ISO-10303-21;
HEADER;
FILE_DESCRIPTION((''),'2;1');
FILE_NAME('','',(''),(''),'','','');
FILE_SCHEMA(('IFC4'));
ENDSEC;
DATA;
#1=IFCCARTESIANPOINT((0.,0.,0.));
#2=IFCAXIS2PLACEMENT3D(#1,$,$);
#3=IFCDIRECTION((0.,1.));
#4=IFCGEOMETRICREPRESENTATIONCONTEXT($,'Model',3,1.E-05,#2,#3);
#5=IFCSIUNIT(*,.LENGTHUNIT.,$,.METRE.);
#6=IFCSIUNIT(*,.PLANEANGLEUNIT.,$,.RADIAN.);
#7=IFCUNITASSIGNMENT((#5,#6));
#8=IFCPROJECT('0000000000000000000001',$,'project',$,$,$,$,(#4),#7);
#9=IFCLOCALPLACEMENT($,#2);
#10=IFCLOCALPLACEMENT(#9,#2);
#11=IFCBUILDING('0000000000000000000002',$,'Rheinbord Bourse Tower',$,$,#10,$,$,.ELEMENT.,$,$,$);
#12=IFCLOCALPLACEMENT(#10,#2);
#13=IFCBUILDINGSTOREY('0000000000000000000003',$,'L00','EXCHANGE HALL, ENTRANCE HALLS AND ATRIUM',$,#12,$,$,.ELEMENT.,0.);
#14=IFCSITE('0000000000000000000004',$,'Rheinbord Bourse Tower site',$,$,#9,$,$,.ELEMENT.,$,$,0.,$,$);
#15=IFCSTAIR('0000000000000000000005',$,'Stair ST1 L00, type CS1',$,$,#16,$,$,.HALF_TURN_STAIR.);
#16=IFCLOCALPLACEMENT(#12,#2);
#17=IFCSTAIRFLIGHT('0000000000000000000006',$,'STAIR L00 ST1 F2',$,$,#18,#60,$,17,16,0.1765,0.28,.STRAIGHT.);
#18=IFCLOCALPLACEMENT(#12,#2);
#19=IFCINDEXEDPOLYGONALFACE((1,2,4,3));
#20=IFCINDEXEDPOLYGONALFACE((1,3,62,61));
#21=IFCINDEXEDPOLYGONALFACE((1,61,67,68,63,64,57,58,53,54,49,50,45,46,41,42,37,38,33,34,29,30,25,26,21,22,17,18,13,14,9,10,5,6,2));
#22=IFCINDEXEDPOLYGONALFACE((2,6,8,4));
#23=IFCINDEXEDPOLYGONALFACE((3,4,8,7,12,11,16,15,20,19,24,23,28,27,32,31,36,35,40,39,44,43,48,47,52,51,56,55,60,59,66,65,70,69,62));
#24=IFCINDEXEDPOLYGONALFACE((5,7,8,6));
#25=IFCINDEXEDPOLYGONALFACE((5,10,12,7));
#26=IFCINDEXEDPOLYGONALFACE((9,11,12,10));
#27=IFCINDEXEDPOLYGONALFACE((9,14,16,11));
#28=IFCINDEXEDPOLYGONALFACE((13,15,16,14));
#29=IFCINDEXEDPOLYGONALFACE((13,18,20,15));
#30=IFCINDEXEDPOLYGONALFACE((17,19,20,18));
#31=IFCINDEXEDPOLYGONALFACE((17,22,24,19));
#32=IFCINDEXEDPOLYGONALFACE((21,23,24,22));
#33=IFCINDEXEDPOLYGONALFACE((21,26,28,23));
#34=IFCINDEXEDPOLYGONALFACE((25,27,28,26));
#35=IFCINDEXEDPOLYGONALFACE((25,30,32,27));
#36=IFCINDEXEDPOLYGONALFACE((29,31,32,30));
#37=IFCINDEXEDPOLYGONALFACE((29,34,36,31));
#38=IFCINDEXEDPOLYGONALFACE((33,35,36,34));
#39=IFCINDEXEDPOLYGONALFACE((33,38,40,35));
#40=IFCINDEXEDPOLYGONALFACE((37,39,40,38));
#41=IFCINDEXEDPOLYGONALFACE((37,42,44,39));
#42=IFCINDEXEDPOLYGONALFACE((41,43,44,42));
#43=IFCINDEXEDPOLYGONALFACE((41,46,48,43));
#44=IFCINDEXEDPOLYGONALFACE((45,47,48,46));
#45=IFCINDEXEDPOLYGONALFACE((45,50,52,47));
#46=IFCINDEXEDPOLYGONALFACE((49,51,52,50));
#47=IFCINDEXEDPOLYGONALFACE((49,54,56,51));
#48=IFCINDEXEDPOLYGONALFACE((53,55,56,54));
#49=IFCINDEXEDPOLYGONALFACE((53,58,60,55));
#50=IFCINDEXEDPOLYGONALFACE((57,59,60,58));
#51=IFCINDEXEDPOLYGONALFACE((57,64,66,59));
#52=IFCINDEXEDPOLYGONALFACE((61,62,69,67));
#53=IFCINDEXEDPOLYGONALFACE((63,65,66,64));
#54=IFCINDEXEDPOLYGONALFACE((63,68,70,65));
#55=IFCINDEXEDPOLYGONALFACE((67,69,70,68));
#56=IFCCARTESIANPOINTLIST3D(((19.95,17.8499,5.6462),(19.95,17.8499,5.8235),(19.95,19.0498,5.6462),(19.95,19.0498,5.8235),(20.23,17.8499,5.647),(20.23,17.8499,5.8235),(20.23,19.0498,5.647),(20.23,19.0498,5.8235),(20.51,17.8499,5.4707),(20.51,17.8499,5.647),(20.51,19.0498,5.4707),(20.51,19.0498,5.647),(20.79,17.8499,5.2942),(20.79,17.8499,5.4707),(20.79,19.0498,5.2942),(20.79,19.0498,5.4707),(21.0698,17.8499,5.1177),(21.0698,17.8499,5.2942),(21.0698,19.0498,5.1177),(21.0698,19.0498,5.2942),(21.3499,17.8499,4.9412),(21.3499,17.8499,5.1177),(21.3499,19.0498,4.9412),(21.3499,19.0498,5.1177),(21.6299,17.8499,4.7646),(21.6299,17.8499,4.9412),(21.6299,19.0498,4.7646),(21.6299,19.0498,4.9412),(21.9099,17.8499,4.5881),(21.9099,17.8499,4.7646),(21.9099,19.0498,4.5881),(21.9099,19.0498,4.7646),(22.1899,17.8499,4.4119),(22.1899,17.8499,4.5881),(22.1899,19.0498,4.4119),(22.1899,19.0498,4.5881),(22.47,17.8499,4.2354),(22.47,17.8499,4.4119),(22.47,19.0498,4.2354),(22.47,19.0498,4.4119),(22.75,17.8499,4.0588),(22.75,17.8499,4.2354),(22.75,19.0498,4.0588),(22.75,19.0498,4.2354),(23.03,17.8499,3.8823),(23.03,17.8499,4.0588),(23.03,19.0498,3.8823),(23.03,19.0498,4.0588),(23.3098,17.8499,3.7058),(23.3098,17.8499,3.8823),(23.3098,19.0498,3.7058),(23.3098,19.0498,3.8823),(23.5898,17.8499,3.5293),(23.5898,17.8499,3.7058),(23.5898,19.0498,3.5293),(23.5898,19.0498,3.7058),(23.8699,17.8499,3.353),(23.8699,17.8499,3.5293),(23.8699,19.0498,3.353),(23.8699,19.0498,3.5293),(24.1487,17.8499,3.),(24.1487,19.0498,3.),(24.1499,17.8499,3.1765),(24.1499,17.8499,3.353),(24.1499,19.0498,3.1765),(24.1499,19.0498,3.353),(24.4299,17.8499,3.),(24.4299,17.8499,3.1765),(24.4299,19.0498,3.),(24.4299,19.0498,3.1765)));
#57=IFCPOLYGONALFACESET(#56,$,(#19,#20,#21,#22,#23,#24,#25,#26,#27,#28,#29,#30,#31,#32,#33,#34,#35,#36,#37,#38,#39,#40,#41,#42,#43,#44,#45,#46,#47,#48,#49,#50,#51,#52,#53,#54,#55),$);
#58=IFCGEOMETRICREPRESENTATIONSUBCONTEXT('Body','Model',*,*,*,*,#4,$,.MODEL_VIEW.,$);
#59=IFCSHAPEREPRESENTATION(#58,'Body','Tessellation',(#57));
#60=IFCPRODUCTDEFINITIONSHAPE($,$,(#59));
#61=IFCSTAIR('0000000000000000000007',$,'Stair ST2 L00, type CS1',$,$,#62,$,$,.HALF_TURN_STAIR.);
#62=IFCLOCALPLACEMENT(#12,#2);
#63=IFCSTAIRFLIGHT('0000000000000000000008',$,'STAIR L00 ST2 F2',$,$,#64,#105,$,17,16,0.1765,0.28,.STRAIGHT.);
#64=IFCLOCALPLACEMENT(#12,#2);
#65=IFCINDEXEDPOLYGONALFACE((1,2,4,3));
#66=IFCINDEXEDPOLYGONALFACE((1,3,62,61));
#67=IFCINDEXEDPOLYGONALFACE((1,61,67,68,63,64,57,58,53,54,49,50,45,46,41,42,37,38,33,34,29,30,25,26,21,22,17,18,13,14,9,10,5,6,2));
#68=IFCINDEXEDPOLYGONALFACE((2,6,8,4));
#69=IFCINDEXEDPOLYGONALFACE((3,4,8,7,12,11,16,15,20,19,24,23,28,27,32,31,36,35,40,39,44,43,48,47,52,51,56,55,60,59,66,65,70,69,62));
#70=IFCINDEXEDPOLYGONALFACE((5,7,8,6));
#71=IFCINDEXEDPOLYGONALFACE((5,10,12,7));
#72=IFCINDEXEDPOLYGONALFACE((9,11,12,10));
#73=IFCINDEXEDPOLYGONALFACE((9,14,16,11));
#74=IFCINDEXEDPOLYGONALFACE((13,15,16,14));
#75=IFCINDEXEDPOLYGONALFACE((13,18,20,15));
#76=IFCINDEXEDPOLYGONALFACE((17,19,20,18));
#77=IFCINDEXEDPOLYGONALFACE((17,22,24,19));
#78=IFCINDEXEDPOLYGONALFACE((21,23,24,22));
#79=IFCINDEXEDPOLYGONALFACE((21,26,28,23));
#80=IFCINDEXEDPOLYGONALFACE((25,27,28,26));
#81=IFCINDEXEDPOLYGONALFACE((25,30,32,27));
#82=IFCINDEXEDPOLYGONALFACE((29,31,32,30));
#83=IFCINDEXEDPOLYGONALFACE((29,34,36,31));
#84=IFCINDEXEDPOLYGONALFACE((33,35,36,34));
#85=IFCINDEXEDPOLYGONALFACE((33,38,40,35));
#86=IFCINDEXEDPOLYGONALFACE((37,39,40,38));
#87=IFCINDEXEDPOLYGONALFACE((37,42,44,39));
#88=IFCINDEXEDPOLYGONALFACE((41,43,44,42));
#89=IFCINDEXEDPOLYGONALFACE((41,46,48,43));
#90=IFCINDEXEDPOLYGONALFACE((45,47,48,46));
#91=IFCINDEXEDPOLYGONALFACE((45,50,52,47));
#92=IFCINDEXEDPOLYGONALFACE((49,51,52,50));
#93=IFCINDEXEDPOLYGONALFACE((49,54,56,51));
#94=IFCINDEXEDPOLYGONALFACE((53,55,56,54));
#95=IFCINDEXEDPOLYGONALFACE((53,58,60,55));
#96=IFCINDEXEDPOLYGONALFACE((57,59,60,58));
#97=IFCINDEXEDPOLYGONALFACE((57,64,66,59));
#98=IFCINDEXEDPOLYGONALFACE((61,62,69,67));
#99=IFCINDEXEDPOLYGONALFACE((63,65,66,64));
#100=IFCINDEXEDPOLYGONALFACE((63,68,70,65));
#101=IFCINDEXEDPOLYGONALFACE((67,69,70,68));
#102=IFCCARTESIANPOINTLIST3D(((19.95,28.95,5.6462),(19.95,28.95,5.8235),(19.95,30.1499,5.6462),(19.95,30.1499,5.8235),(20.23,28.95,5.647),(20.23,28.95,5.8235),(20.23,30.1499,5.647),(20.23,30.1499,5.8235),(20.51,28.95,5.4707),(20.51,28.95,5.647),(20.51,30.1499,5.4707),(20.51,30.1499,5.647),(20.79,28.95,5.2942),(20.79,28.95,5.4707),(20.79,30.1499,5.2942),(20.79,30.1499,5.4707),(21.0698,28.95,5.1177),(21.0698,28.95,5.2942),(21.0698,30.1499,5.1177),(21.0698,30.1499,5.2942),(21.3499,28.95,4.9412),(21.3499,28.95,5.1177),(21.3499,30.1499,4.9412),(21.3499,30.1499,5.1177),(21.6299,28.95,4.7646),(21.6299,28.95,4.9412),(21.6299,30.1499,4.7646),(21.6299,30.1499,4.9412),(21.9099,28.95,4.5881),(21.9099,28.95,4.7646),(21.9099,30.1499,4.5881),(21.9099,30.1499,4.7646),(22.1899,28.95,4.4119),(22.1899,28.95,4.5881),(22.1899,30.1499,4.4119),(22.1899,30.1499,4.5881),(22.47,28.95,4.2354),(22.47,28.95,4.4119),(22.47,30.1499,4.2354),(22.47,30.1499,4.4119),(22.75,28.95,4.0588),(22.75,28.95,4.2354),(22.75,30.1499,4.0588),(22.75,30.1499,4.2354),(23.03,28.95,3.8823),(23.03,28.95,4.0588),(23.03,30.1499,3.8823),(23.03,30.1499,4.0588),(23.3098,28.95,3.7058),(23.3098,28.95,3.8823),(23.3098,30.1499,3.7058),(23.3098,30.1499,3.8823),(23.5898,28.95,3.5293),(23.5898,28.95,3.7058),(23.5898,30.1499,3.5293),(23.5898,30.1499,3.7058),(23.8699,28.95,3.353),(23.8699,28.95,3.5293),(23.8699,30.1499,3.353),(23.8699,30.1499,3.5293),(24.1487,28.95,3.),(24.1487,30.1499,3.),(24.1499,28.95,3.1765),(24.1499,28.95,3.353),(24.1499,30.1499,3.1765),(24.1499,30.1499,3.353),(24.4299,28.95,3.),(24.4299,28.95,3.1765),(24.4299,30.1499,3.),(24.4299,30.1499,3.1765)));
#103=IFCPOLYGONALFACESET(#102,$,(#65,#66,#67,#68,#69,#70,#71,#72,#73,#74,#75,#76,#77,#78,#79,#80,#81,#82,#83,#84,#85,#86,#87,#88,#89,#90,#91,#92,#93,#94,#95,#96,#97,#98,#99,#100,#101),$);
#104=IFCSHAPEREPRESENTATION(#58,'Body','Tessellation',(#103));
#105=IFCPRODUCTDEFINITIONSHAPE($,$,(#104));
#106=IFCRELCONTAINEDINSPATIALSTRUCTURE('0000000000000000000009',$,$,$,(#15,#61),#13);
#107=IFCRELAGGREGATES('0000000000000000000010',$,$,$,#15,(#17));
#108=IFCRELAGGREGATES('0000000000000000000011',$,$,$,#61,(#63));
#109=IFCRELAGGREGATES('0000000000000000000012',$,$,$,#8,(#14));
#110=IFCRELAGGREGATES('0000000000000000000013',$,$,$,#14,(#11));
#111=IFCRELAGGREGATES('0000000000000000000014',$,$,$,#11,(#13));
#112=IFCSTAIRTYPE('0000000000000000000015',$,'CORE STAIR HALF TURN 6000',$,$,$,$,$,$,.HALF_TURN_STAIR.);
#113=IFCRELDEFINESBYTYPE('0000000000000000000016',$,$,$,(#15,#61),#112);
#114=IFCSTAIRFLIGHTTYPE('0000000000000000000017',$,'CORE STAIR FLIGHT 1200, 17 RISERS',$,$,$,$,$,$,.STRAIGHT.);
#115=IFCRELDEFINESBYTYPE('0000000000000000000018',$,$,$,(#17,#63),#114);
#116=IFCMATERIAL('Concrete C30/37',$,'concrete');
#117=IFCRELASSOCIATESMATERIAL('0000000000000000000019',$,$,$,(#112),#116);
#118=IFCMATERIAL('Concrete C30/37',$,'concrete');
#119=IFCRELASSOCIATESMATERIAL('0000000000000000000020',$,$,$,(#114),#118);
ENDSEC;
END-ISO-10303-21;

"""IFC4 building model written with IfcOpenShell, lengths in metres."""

from ifc_helpers import new_model, si_unit, direction, frame, origin, place, context, subcontext, project, spatial, polyline, outline, extrude, material, type_object, element, aggregate, save


model = new_model("IFC4")

# Units and contexts
model_context = context("Model", 3, precision=1e-05, world=origin(), true_north=direction((0.0, 1.0)))
body_context = subcontext(model_context, "Body", "Model", "MODEL_VIEW")
ifc_project = project(units=[si_unit("LENGTHUNIT", "METRE"), si_unit("PLANEANGLEUNIT", "RADIAN")], contexts=[model_context])

# Site, building, storey
site_placement = place(None, origin())
site = spatial("IfcSite", under=ifc_project, at=site_placement, Name="Rheinbord Bourse Tower site", CompositionType="ELEMENT", RefElevation=0.0)
building_placement = place(site_placement, origin())
building = spatial("IfcBuilding", under=site, at=building_placement, Name="Rheinbord Bourse Tower", CompositionType="ELEMENT")
storey_placement = place(building_placement, origin())
storey = spatial("IfcBuildingStorey", under=building, at=storey_placement, Name="L00", Description="EXCHANGE HALL, ENTRANCE HALLS AND ATRIUM", CompositionType="ELEMENT", Elevation=0.0)

# Stair, stair flight
ifc_material_1 = material(Name="Concrete C30/37", Category="concrete")
stair_type = type_object("IfcStairType", Name="CORE STAIR HALF TURN 6000", PredefinedType="HALF_TURN_STAIR", material=ifc_material_1)
stair_1_placement = place(storey_placement, origin())
stair_1 = element("IfcStair", 1, at=stair_1_placement, inside=storey, type_object=stair_type, Name="Stair ST1 L00, type CS1", PredefinedType="HALF_TURN_STAIR")
ifc_material_2 = material(Name="Concrete C30/37", Category="concrete")
stair_flight_type = type_object("IfcStairFlightType", Name="CORE STAIR FLIGHT 1200, 17 RISERS", PredefinedType="STRAIGHT", material=ifc_material_2)
stair_flight_1_placement = place(storey_placement, frame((24.4299, 18.45, 3.0), z_axis=(0.0, 0.0, 1.0), x_axis=(-1.0, 0.0, 0.0)))
stair_flight_1 = element("IfcStairFlight", 2, at=stair_flight_1_placement, type_object=stair_flight_type, Name="STAIR L00 ST1 F2", NumberOfRisers=17, NumberOfTreads=16, PredefinedType="STRAIGHT", RiserHeight=0.1765, TreadLength=0.28, context=body_context, shape_type="SweptSolid", body=[
    extrude(outline(polyline([(0.0, 0.0), (0.0, 0.1765), (0.28, 0.1765), (0.28, 0.353), (0.5601, 0.353), (0.5601, 0.5293), (0.8401, 0.5293), (0.8401, 0.7058), (1.1201, 0.7058), (1.1201, 0.8823), (1.3999, 0.8823), (1.3999, 1.0588), (1.6799, 1.0588), (1.6799, 1.2354), (1.96, 1.2354), (1.96, 1.4119), (2.24, 1.4119), (2.24, 1.5881), (2.52, 1.5881), (2.52, 1.7646), (2.8, 1.7646), (2.8, 1.9412), (3.0801, 1.9412), (3.0801, 2.1177), (3.3601, 2.1177), (3.3601, 2.2942), (3.6399, 2.2942), (3.6399, 2.4707), (3.9199, 2.4707), (3.9199, 2.647), (4.2, 2.647), (4.2, 2.8235), (4.48, 2.8235), (4.48, 3.0), (4.48, 2.6462), (0.2812, 0.0), (0.0, 0.0)])), frame((0.0, 0.6001, 0.0), z_axis=(0.0, -1.0, 0.0), x_axis=(1.0, 0.0, 0.0)), (0.0, 0.0, 1.0), 1.2),
])
aggregate(stair_1, [stair_flight_1])

# Stair, stair flight
stair_2_placement = place(storey_placement, origin())
stair_2 = element("IfcStair", 3, at=stair_2_placement, inside=storey, type_object=stair_type, Name="Stair ST2 L00, type CS1", PredefinedType="HALF_TURN_STAIR")
stair_flight_2_placement = place(storey_placement, frame((24.4299, 29.55, 3.0), z_axis=(0.0, 0.0, 1.0), x_axis=(-1.0, 0.0, 0.0)))
stair_flight_2 = element("IfcStairFlight", 4, at=stair_flight_2_placement, type_object=stair_flight_type, Name="STAIR L00 ST2 F2", NumberOfRisers=17, NumberOfTreads=16, PredefinedType="STRAIGHT", RiserHeight=0.1765, TreadLength=0.28, context=body_context, shape_type="SweptSolid", body=[
    extrude(outline(polyline([(0.0, 0.0), (0.0, 0.1765), (0.28, 0.1765), (0.28, 0.353), (0.5601, 0.353), (0.5601, 0.5293), (0.8401, 0.5293), (0.8401, 0.7058), (1.1201, 0.7058), (1.1201, 0.8823), (1.3999, 0.8823), (1.3999, 1.0588), (1.6799, 1.0588), (1.6799, 1.2354), (1.96, 1.2354), (1.96, 1.4119), (2.24, 1.4119), (2.24, 1.5881), (2.52, 1.5881), (2.52, 1.7646), (2.8, 1.7646), (2.8, 1.9412), (3.0801, 1.9412), (3.0801, 2.1177), (3.3601, 2.1177), (3.3601, 2.2942), (3.6399, 2.2942), (3.6399, 2.4707), (3.9199, 2.4707), (3.9199, 2.647), (4.2, 2.647), (4.2, 2.8235), (4.48, 2.8235), (4.48, 3.0), (4.48, 2.6462), (0.2812, 0.0), (0.0, 0.0)])), frame((0.0, 0.6001, 0.0), z_axis=(0.0, -1.0, 0.0), x_axis=(1.0, 0.0, 0.0)), (0.0, 0.0, 1.0), 1.2),
])
aggregate(stair_2, [stair_flight_2])

save(model, "model.ifc")
